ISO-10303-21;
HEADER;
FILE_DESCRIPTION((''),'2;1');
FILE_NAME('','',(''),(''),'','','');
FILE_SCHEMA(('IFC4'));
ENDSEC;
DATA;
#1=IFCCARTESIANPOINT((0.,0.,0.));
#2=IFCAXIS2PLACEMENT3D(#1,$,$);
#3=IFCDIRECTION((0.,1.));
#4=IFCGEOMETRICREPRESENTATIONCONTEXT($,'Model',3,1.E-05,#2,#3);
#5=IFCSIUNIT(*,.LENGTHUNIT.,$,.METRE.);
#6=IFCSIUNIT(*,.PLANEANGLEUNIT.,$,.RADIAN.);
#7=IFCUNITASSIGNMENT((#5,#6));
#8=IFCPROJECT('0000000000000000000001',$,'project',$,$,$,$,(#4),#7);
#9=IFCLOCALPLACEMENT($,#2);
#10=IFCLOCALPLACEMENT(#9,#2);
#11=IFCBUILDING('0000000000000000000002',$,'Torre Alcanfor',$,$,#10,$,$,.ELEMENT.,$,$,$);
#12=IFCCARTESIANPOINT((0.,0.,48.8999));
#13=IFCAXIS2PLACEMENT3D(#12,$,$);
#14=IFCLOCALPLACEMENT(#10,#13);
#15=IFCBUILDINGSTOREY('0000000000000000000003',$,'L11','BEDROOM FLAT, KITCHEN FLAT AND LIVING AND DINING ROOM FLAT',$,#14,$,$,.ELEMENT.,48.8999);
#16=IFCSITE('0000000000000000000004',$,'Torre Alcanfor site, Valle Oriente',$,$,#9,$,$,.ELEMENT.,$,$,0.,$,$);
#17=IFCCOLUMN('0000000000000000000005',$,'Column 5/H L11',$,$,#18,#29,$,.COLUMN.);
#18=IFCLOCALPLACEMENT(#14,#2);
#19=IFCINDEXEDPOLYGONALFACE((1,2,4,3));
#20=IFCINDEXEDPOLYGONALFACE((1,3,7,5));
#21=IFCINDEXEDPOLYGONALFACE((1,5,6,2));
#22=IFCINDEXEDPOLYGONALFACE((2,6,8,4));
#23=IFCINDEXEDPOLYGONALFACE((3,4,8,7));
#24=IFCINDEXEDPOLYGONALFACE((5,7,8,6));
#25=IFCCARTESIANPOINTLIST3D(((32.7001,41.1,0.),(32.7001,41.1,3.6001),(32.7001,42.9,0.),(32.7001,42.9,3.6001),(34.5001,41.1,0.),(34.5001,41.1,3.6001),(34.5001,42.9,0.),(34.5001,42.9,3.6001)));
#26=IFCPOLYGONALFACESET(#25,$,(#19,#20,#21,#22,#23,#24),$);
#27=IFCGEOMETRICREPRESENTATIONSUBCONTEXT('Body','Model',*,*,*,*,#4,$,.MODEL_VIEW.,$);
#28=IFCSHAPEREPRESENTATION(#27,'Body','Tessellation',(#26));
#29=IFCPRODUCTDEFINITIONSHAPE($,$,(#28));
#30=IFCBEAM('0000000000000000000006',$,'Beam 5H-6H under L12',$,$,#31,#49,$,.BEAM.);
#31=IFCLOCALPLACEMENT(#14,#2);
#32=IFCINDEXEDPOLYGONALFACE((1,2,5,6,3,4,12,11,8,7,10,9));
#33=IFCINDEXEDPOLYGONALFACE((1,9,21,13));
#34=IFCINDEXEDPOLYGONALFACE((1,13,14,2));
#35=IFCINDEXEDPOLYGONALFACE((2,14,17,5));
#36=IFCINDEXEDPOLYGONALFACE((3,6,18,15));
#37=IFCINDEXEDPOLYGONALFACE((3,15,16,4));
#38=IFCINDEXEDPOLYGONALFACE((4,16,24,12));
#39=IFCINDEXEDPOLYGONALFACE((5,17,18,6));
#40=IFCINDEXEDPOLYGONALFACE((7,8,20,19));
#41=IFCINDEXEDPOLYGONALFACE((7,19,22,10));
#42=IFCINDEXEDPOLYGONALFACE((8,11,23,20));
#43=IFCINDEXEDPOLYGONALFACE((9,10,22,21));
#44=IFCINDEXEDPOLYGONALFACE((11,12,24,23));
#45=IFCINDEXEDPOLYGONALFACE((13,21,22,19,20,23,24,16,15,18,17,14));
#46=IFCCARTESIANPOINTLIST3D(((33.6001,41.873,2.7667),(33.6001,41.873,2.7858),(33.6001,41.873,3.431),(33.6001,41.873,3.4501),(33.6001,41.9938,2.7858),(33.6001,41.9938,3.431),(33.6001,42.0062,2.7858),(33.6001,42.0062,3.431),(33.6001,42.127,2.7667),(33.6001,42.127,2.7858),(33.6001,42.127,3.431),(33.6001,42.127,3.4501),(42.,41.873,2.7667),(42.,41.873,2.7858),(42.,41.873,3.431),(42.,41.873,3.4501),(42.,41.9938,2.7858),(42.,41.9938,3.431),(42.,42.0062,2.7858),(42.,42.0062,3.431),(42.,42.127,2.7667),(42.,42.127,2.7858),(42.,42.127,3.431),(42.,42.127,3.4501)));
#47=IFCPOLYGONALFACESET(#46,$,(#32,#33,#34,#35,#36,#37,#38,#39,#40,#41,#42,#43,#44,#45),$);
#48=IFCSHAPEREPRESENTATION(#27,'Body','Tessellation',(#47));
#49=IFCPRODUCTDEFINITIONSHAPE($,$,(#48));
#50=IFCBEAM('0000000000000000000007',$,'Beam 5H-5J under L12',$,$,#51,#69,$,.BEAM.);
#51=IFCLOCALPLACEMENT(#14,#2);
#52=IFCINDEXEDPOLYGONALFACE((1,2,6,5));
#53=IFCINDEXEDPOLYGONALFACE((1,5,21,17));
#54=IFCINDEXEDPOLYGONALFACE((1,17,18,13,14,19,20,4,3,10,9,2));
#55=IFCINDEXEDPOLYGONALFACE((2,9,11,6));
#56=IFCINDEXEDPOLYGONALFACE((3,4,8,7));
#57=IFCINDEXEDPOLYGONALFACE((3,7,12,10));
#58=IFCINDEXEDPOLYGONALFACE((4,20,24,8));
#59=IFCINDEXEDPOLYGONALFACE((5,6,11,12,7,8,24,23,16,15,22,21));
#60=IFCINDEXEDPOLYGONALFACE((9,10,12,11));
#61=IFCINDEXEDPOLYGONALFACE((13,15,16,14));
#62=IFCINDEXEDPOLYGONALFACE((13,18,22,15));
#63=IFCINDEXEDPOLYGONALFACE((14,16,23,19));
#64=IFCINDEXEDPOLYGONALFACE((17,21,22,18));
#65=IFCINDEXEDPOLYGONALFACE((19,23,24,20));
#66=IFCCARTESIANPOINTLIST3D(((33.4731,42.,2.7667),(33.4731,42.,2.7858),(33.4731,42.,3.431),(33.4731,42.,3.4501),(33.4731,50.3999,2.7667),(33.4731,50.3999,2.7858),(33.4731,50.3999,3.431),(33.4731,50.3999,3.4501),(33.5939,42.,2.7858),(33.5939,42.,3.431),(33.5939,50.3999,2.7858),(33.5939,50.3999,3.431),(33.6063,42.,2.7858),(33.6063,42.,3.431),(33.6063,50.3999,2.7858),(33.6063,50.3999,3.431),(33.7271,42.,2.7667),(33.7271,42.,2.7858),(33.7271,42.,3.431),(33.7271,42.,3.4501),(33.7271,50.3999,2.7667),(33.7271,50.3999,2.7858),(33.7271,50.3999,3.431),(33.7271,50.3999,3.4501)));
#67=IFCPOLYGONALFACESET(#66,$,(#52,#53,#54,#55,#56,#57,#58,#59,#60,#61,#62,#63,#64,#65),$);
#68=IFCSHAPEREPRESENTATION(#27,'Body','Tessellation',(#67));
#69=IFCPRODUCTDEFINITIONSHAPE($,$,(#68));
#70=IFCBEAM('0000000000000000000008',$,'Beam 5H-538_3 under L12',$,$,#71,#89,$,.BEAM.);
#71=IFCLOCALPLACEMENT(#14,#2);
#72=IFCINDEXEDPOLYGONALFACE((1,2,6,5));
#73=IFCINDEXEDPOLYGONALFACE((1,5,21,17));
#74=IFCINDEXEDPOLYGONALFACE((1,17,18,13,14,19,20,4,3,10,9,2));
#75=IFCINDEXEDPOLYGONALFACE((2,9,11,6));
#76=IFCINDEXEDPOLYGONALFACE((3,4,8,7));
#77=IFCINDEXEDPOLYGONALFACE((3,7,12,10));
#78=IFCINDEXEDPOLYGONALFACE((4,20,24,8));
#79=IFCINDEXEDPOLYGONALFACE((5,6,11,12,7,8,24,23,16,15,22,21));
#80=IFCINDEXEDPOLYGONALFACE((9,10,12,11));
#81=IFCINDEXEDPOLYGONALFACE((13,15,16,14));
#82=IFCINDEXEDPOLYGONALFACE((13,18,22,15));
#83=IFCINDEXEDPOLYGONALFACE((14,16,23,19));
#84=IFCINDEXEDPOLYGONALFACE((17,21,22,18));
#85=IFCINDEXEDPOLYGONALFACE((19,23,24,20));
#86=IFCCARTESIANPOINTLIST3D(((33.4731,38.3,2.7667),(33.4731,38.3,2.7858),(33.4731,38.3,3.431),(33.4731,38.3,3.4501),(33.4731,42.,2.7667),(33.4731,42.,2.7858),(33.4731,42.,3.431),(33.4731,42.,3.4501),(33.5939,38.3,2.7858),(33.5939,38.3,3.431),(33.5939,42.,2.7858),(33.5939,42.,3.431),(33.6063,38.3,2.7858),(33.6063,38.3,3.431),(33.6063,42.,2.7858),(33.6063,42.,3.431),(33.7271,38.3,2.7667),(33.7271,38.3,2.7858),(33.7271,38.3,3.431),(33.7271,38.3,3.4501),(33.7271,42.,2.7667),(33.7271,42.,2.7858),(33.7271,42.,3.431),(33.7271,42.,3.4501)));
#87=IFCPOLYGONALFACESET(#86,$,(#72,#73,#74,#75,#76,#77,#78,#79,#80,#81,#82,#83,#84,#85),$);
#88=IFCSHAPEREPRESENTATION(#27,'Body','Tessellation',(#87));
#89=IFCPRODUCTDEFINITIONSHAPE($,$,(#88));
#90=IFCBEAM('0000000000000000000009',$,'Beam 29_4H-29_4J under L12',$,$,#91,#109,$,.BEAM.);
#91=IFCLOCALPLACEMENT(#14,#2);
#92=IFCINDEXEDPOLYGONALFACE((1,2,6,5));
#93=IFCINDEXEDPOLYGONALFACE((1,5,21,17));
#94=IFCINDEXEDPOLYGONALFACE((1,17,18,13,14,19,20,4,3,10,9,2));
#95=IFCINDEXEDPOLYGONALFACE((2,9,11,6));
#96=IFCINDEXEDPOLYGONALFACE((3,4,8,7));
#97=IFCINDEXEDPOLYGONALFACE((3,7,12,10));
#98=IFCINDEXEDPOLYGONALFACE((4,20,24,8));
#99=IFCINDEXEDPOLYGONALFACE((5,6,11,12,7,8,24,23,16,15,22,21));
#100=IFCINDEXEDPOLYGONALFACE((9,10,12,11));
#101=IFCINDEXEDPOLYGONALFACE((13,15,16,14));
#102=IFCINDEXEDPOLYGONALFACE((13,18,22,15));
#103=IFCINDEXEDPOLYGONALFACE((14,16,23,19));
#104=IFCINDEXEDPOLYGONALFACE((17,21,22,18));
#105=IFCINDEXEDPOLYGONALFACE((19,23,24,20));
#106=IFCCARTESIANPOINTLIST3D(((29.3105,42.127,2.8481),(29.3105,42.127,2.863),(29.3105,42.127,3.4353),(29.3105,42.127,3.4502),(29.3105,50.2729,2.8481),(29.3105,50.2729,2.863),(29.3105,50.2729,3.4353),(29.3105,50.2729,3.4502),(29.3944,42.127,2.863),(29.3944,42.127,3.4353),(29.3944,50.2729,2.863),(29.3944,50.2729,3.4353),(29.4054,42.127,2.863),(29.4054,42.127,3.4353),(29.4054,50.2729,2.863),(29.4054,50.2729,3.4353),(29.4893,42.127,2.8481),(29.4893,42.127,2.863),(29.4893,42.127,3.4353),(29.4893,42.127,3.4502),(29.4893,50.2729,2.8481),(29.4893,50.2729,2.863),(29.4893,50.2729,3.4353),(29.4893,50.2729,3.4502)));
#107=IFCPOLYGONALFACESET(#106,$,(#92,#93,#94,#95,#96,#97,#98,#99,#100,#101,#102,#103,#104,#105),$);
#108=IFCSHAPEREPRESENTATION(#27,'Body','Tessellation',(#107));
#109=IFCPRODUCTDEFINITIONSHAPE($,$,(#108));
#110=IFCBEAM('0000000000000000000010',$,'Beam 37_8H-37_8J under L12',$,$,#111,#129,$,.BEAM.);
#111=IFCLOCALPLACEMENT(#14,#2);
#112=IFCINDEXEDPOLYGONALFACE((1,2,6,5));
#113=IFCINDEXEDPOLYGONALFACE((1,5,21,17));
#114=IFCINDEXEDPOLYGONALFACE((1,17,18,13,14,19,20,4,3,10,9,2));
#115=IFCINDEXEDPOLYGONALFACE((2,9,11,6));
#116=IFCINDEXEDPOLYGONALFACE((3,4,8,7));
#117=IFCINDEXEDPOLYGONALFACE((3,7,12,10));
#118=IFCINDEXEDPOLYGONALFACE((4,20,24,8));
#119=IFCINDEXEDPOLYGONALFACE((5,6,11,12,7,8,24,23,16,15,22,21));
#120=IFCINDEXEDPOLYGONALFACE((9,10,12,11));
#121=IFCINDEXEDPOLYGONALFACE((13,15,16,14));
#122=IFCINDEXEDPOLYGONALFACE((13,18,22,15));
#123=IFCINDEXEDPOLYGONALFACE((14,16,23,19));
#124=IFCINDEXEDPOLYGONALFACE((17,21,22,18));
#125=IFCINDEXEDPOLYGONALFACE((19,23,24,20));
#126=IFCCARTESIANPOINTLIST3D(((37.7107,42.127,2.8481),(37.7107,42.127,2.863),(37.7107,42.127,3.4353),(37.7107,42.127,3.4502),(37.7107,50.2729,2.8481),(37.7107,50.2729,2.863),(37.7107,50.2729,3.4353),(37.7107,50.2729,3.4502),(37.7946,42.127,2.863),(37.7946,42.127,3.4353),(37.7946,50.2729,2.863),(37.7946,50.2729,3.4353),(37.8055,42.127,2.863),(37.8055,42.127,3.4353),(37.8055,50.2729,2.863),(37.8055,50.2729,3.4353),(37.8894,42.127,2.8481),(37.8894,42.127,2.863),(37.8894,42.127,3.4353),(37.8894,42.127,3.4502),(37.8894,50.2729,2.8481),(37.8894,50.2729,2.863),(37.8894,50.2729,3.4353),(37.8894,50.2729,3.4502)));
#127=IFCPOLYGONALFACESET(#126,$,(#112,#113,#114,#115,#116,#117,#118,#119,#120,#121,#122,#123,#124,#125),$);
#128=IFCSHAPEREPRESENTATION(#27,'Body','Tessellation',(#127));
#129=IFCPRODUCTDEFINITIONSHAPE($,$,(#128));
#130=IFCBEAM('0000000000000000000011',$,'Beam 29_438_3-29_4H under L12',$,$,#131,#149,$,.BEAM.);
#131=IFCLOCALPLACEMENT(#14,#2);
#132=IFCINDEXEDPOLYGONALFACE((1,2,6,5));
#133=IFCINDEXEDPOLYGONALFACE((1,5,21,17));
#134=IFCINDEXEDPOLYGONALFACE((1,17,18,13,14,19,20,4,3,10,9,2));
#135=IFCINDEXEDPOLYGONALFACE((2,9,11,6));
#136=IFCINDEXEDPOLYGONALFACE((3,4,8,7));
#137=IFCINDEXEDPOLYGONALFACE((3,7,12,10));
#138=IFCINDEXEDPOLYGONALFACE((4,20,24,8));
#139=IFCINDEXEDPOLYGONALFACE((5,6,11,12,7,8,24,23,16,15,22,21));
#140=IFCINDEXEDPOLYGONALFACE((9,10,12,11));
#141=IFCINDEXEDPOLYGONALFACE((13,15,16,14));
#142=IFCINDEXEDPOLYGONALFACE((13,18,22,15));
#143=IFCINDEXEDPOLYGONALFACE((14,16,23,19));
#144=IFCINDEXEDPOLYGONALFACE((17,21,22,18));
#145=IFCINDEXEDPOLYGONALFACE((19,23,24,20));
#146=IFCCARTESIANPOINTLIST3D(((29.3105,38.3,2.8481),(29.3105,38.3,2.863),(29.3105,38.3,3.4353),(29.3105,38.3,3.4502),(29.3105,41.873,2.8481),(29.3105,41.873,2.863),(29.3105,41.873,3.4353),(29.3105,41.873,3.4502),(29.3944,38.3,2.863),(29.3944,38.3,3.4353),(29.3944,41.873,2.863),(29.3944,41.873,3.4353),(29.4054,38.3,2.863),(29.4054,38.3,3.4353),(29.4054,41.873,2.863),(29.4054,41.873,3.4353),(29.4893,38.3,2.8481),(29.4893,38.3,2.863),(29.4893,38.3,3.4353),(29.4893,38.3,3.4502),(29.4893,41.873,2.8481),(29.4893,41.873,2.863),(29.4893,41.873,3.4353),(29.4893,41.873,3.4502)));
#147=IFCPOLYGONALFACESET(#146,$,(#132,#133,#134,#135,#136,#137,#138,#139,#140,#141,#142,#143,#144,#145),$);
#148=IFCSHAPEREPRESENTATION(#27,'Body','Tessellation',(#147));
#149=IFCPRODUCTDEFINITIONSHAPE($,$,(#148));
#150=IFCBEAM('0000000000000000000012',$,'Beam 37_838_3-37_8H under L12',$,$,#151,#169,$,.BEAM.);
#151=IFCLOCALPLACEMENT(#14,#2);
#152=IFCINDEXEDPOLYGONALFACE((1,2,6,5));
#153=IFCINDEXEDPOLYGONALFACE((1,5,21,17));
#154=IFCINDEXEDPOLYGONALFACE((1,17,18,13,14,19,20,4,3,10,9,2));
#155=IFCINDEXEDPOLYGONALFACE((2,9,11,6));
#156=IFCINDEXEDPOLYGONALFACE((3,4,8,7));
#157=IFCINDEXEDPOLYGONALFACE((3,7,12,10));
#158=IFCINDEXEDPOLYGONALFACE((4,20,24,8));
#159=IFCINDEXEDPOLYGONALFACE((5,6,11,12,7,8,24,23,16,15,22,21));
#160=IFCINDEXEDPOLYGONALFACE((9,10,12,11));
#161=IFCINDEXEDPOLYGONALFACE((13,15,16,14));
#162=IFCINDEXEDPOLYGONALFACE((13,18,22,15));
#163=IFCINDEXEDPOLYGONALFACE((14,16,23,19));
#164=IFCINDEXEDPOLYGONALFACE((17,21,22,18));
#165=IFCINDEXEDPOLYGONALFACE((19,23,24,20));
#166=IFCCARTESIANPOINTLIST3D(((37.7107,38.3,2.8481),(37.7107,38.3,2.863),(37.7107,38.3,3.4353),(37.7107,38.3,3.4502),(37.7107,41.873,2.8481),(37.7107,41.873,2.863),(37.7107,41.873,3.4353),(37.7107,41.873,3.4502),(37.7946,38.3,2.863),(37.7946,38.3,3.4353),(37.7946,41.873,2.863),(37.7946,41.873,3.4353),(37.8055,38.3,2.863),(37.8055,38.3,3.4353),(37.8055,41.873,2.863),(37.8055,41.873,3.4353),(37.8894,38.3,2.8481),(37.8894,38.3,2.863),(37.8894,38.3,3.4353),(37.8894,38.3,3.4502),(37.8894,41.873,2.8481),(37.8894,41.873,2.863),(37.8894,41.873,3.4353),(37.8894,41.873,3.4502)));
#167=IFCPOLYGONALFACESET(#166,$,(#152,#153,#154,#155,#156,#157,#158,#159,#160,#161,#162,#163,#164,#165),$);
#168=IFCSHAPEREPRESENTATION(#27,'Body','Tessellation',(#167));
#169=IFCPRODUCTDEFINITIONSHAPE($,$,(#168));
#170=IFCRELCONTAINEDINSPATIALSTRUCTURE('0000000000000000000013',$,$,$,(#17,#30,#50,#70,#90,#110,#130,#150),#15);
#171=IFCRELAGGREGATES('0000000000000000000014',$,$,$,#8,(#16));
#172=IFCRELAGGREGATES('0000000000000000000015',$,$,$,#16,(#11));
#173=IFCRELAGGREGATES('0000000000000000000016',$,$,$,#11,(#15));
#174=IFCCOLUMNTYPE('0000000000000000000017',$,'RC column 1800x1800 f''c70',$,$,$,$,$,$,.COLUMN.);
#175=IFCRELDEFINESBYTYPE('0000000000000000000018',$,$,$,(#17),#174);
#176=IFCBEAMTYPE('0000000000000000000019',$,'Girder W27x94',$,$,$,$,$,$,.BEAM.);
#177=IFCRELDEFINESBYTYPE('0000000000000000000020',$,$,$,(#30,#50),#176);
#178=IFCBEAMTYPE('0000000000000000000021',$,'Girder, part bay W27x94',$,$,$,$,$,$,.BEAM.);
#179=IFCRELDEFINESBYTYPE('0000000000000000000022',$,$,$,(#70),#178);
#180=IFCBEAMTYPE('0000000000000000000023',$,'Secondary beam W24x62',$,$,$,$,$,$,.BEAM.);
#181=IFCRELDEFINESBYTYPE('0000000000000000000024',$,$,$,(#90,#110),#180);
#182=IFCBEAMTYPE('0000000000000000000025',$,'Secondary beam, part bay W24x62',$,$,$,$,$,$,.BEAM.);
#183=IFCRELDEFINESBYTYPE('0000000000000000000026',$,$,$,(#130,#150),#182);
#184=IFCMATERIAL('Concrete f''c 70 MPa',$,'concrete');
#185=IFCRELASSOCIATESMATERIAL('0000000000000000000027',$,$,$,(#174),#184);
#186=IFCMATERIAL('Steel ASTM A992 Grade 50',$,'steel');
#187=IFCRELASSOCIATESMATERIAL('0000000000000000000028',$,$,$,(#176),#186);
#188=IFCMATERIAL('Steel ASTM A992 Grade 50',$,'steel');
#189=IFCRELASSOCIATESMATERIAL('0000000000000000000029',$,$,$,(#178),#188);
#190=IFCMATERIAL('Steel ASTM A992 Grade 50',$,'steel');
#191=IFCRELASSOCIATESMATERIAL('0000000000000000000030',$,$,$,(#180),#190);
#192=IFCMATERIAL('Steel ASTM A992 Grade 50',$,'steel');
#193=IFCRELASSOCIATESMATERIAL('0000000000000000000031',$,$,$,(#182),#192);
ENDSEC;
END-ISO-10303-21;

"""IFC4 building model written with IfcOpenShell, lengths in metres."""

from ifc_helpers import new_model, si_unit, direction, frame, origin, origin_2d, place, context, subcontext, project, spatial, rectangle, i_section, extrude, material, material_profile, profile_set, type_object, element, save


model = new_model("IFC4")

# Units and contexts
model_context = context("Model", 3, precision=1e-05, world=origin(), true_north=direction((0.0, 1.0)))
body_context = subcontext(model_context, "Body", "Model", "MODEL_VIEW")
ifc_project = project(units=[si_unit("LENGTHUNIT", "METRE"), si_unit("PLANEANGLEUNIT", "RADIAN")], contexts=[model_context])

# Site, building, storey
site_placement = place(None, origin())
site = spatial("IfcSite", under=ifc_project, at=site_placement, Name="Torre Alcanfor site, Valle Oriente", CompositionType="ELEMENT", RefElevation=0.0)
building_placement = place(site_placement, origin())
building = spatial("IfcBuilding", under=site, at=building_placement, Name="Torre Alcanfor", CompositionType="ELEMENT")
storey_placement = place(building_placement, frame((0.0, 0.0, 48.8999)))
storey = spatial("IfcBuildingStorey", under=building, at=storey_placement, Name="L11", Description="BEDROOM FLAT, KITCHEN FLAT AND LIVING AND DINING ROOM FLAT", CompositionType="ELEMENT", Elevation=48.8999)

# Column
ifc_material_1 = material(Name="Concrete f'c 70 MPa", Category="concrete")
ifc_material_profile_1 = material_profile(ifc_material_1, rectangle(XDim=1.8, YDim=1.8, at=origin_2d()), Name="1800x1800")
ifc_profile_set_1 = profile_set([ifc_material_profile_1], Name="Concrete f'c 70 MPa")
column_type = type_object("IfcColumnType", Name="RC column 1800x1800 f'c70", PredefinedType="COLUMN", material=ifc_profile_set_1)
column_placement = place(storey_placement, frame((33.6001, 42.0, 0.0), z_axis=(0.0, 0.0, 1.0), x_axis=(1.0, 0.0, 0.0)))
element("IfcColumn", 1, at=column_placement, inside=storey, type_object=column_type, Name="Column 5/H L11", PredefinedType="COLUMN", context=body_context, shape_type="SweptSolid", body=[
    extrude(rectangle(XDim=1.8, YDim=1.8, at=origin_2d()), origin(), (0.0, 0.0, 1.0), 3.6001),
])

# Beams
ifc_material_2 = material(Name="Steel ASTM A992 Grade 50", Category="steel")
ifc_material_profile_2 = material_profile(ifc_material_2, i_section(OverallWidth=0.2539, OverallDepth=0.6833, WebThickness=0.0125, FlangeThickness=0.019, at=origin_2d()), Name="W27x94")
ifc_profile_set_2 = profile_set([ifc_material_profile_2], Name="Steel ASTM A992 Grade 50")
beam_type_1 = type_object("IfcBeamType", Name="Girder W27x94", PredefinedType="BEAM", material=ifc_profile_set_2)
for number, where, z_axis, x_axis, name in (
    (2, (33.6001, 42.0, 3.1084), (1.0, 0.0, 0.0), (0.0, 1.0, 0.0), "Beam 5H-6H under L12"),
    (3, (33.6001, 42.0, 3.1084), (0.0, 1.0, 0.0), (-1.0, 0.0, 0.0), "Beam 5H-5J under L12"),
):
    element("IfcBeam", number, at=place(storey_placement, frame(where, z_axis=z_axis, x_axis=x_axis)), inside=storey, type_object=beam_type_1, Name=name, PredefinedType="BEAM", context=body_context, shape_type="SweptSolid", body=[
        extrude(i_section(OverallWidth=0.2539, OverallDepth=0.6833, WebThickness=0.0125, FlangeThickness=0.019, at=origin_2d()), origin(), (0.0, 0.0, 1.0), 8.3999),
    ])
ifc_material_3 = material(Name="Steel ASTM A992 Grade 50", Category="steel")
ifc_material_profile_3 = material_profile(ifc_material_3, i_section(OverallWidth=0.2539, OverallDepth=0.6833, WebThickness=0.0125, FlangeThickness=0.019, at=origin_2d()), Name="W27x94")
ifc_profile_set_3 = profile_set([ifc_material_profile_3], Name="Steel ASTM A992 Grade 50")
beam_type_2 = type_object("IfcBeamType", Name="Girder, part bay W27x94", PredefinedType="BEAM", material=ifc_profile_set_3)
beam_1_placement = place(storey_placement, frame((33.6001, 42.0, 3.1084), z_axis=(0.0, -1.0, 0.0), x_axis=(1.0, 0.0, 0.0)))
element("IfcBeam", 4, at=beam_1_placement, inside=storey, type_object=beam_type_2, Name="Beam 5H-538_3 under L12", PredefinedType="BEAM", context=body_context, shape_type="SweptSolid", body=[
    extrude(i_section(OverallWidth=0.2539, OverallDepth=0.6833, WebThickness=0.0125, FlangeThickness=0.019, at=origin_2d()), origin(), (0.0, 0.0, 1.0), 3.7),
])
ifc_material_4 = material(Name="Steel ASTM A992 Grade 50", Category="steel")
ifc_material_profile_4 = material_profile(ifc_material_4, i_section(OverallWidth=0.1787, OverallDepth=0.6021, WebThickness=0.011, FlangeThickness=0.0149, at=origin_2d()), Name="W24x62")
ifc_profile_set_4 = profile_set([ifc_material_profile_4], Name="Steel ASTM A992 Grade 50")
beam_type_3 = type_object("IfcBeamType", Name="Secondary beam W24x62", PredefinedType="BEAM", material=ifc_profile_set_4)
for number, where, z_axis, x_axis, name in (
    (5, (29.3999, 42.127, 3.1492), (0.0, 1.0, 0.0), (-1.0, 0.0, 0.0), "Beam 29_4H-29_4J under L12"),
    (6, (37.8, 42.127, 3.1492), (0.0, 1.0, 0.0), (-1.0, 0.0, 0.0), "Beam 37_8H-37_8J under L12"),
):
    element("IfcBeam", number, at=place(storey_placement, frame(where, z_axis=z_axis, x_axis=x_axis)), inside=storey, type_object=beam_type_3, Name=name, PredefinedType="BEAM", context=body_context, shape_type="SweptSolid", body=[
        extrude(i_section(OverallWidth=0.1787, OverallDepth=0.6021, WebThickness=0.011, FlangeThickness=0.0149, at=origin_2d()), origin(), (0.0, 0.0, 1.0), 8.146),
    ])
ifc_material_5 = material(Name="Steel ASTM A992 Grade 50", Category="steel")
ifc_material_profile_5 = material_profile(ifc_material_5, i_section(OverallWidth=0.1787, OverallDepth=0.6021, WebThickness=0.011, FlangeThickness=0.0149, at=origin_2d()), Name="W24x62")
ifc_profile_set_5 = profile_set([ifc_material_profile_5], Name="Steel ASTM A992 Grade 50")
beam_type_4 = type_object("IfcBeamType", Name="Secondary beam, part bay W24x62", PredefinedType="BEAM", material=ifc_profile_set_5)
for number, where, z_axis, x_axis, name in (
    (7, (29.3999, 38.3, 3.1492), (0.0, 1.0, 0.0), (-1.0, 0.0, 0.0), "Beam 29_438_3-29_4H under L12"),
    (8, (37.8, 38.3, 3.1492), (0.0, 1.0, 0.0), (-1.0, 0.0, 0.0), "Beam 37_838_3-37_8H under L12"),
):
    element("IfcBeam", number, at=place(storey_placement, frame(where, z_axis=z_axis, x_axis=x_axis)), inside=storey, type_object=beam_type_4, Name=name, PredefinedType="BEAM", context=body_context, shape_type="SweptSolid", body=[
        extrude(i_section(OverallWidth=0.1787, OverallDepth=0.6021, WebThickness=0.011, FlangeThickness=0.0149, at=origin_2d()), origin(), (0.0, 0.0, 1.0), 3.573),
    ])

save(model, "model.ifc")
